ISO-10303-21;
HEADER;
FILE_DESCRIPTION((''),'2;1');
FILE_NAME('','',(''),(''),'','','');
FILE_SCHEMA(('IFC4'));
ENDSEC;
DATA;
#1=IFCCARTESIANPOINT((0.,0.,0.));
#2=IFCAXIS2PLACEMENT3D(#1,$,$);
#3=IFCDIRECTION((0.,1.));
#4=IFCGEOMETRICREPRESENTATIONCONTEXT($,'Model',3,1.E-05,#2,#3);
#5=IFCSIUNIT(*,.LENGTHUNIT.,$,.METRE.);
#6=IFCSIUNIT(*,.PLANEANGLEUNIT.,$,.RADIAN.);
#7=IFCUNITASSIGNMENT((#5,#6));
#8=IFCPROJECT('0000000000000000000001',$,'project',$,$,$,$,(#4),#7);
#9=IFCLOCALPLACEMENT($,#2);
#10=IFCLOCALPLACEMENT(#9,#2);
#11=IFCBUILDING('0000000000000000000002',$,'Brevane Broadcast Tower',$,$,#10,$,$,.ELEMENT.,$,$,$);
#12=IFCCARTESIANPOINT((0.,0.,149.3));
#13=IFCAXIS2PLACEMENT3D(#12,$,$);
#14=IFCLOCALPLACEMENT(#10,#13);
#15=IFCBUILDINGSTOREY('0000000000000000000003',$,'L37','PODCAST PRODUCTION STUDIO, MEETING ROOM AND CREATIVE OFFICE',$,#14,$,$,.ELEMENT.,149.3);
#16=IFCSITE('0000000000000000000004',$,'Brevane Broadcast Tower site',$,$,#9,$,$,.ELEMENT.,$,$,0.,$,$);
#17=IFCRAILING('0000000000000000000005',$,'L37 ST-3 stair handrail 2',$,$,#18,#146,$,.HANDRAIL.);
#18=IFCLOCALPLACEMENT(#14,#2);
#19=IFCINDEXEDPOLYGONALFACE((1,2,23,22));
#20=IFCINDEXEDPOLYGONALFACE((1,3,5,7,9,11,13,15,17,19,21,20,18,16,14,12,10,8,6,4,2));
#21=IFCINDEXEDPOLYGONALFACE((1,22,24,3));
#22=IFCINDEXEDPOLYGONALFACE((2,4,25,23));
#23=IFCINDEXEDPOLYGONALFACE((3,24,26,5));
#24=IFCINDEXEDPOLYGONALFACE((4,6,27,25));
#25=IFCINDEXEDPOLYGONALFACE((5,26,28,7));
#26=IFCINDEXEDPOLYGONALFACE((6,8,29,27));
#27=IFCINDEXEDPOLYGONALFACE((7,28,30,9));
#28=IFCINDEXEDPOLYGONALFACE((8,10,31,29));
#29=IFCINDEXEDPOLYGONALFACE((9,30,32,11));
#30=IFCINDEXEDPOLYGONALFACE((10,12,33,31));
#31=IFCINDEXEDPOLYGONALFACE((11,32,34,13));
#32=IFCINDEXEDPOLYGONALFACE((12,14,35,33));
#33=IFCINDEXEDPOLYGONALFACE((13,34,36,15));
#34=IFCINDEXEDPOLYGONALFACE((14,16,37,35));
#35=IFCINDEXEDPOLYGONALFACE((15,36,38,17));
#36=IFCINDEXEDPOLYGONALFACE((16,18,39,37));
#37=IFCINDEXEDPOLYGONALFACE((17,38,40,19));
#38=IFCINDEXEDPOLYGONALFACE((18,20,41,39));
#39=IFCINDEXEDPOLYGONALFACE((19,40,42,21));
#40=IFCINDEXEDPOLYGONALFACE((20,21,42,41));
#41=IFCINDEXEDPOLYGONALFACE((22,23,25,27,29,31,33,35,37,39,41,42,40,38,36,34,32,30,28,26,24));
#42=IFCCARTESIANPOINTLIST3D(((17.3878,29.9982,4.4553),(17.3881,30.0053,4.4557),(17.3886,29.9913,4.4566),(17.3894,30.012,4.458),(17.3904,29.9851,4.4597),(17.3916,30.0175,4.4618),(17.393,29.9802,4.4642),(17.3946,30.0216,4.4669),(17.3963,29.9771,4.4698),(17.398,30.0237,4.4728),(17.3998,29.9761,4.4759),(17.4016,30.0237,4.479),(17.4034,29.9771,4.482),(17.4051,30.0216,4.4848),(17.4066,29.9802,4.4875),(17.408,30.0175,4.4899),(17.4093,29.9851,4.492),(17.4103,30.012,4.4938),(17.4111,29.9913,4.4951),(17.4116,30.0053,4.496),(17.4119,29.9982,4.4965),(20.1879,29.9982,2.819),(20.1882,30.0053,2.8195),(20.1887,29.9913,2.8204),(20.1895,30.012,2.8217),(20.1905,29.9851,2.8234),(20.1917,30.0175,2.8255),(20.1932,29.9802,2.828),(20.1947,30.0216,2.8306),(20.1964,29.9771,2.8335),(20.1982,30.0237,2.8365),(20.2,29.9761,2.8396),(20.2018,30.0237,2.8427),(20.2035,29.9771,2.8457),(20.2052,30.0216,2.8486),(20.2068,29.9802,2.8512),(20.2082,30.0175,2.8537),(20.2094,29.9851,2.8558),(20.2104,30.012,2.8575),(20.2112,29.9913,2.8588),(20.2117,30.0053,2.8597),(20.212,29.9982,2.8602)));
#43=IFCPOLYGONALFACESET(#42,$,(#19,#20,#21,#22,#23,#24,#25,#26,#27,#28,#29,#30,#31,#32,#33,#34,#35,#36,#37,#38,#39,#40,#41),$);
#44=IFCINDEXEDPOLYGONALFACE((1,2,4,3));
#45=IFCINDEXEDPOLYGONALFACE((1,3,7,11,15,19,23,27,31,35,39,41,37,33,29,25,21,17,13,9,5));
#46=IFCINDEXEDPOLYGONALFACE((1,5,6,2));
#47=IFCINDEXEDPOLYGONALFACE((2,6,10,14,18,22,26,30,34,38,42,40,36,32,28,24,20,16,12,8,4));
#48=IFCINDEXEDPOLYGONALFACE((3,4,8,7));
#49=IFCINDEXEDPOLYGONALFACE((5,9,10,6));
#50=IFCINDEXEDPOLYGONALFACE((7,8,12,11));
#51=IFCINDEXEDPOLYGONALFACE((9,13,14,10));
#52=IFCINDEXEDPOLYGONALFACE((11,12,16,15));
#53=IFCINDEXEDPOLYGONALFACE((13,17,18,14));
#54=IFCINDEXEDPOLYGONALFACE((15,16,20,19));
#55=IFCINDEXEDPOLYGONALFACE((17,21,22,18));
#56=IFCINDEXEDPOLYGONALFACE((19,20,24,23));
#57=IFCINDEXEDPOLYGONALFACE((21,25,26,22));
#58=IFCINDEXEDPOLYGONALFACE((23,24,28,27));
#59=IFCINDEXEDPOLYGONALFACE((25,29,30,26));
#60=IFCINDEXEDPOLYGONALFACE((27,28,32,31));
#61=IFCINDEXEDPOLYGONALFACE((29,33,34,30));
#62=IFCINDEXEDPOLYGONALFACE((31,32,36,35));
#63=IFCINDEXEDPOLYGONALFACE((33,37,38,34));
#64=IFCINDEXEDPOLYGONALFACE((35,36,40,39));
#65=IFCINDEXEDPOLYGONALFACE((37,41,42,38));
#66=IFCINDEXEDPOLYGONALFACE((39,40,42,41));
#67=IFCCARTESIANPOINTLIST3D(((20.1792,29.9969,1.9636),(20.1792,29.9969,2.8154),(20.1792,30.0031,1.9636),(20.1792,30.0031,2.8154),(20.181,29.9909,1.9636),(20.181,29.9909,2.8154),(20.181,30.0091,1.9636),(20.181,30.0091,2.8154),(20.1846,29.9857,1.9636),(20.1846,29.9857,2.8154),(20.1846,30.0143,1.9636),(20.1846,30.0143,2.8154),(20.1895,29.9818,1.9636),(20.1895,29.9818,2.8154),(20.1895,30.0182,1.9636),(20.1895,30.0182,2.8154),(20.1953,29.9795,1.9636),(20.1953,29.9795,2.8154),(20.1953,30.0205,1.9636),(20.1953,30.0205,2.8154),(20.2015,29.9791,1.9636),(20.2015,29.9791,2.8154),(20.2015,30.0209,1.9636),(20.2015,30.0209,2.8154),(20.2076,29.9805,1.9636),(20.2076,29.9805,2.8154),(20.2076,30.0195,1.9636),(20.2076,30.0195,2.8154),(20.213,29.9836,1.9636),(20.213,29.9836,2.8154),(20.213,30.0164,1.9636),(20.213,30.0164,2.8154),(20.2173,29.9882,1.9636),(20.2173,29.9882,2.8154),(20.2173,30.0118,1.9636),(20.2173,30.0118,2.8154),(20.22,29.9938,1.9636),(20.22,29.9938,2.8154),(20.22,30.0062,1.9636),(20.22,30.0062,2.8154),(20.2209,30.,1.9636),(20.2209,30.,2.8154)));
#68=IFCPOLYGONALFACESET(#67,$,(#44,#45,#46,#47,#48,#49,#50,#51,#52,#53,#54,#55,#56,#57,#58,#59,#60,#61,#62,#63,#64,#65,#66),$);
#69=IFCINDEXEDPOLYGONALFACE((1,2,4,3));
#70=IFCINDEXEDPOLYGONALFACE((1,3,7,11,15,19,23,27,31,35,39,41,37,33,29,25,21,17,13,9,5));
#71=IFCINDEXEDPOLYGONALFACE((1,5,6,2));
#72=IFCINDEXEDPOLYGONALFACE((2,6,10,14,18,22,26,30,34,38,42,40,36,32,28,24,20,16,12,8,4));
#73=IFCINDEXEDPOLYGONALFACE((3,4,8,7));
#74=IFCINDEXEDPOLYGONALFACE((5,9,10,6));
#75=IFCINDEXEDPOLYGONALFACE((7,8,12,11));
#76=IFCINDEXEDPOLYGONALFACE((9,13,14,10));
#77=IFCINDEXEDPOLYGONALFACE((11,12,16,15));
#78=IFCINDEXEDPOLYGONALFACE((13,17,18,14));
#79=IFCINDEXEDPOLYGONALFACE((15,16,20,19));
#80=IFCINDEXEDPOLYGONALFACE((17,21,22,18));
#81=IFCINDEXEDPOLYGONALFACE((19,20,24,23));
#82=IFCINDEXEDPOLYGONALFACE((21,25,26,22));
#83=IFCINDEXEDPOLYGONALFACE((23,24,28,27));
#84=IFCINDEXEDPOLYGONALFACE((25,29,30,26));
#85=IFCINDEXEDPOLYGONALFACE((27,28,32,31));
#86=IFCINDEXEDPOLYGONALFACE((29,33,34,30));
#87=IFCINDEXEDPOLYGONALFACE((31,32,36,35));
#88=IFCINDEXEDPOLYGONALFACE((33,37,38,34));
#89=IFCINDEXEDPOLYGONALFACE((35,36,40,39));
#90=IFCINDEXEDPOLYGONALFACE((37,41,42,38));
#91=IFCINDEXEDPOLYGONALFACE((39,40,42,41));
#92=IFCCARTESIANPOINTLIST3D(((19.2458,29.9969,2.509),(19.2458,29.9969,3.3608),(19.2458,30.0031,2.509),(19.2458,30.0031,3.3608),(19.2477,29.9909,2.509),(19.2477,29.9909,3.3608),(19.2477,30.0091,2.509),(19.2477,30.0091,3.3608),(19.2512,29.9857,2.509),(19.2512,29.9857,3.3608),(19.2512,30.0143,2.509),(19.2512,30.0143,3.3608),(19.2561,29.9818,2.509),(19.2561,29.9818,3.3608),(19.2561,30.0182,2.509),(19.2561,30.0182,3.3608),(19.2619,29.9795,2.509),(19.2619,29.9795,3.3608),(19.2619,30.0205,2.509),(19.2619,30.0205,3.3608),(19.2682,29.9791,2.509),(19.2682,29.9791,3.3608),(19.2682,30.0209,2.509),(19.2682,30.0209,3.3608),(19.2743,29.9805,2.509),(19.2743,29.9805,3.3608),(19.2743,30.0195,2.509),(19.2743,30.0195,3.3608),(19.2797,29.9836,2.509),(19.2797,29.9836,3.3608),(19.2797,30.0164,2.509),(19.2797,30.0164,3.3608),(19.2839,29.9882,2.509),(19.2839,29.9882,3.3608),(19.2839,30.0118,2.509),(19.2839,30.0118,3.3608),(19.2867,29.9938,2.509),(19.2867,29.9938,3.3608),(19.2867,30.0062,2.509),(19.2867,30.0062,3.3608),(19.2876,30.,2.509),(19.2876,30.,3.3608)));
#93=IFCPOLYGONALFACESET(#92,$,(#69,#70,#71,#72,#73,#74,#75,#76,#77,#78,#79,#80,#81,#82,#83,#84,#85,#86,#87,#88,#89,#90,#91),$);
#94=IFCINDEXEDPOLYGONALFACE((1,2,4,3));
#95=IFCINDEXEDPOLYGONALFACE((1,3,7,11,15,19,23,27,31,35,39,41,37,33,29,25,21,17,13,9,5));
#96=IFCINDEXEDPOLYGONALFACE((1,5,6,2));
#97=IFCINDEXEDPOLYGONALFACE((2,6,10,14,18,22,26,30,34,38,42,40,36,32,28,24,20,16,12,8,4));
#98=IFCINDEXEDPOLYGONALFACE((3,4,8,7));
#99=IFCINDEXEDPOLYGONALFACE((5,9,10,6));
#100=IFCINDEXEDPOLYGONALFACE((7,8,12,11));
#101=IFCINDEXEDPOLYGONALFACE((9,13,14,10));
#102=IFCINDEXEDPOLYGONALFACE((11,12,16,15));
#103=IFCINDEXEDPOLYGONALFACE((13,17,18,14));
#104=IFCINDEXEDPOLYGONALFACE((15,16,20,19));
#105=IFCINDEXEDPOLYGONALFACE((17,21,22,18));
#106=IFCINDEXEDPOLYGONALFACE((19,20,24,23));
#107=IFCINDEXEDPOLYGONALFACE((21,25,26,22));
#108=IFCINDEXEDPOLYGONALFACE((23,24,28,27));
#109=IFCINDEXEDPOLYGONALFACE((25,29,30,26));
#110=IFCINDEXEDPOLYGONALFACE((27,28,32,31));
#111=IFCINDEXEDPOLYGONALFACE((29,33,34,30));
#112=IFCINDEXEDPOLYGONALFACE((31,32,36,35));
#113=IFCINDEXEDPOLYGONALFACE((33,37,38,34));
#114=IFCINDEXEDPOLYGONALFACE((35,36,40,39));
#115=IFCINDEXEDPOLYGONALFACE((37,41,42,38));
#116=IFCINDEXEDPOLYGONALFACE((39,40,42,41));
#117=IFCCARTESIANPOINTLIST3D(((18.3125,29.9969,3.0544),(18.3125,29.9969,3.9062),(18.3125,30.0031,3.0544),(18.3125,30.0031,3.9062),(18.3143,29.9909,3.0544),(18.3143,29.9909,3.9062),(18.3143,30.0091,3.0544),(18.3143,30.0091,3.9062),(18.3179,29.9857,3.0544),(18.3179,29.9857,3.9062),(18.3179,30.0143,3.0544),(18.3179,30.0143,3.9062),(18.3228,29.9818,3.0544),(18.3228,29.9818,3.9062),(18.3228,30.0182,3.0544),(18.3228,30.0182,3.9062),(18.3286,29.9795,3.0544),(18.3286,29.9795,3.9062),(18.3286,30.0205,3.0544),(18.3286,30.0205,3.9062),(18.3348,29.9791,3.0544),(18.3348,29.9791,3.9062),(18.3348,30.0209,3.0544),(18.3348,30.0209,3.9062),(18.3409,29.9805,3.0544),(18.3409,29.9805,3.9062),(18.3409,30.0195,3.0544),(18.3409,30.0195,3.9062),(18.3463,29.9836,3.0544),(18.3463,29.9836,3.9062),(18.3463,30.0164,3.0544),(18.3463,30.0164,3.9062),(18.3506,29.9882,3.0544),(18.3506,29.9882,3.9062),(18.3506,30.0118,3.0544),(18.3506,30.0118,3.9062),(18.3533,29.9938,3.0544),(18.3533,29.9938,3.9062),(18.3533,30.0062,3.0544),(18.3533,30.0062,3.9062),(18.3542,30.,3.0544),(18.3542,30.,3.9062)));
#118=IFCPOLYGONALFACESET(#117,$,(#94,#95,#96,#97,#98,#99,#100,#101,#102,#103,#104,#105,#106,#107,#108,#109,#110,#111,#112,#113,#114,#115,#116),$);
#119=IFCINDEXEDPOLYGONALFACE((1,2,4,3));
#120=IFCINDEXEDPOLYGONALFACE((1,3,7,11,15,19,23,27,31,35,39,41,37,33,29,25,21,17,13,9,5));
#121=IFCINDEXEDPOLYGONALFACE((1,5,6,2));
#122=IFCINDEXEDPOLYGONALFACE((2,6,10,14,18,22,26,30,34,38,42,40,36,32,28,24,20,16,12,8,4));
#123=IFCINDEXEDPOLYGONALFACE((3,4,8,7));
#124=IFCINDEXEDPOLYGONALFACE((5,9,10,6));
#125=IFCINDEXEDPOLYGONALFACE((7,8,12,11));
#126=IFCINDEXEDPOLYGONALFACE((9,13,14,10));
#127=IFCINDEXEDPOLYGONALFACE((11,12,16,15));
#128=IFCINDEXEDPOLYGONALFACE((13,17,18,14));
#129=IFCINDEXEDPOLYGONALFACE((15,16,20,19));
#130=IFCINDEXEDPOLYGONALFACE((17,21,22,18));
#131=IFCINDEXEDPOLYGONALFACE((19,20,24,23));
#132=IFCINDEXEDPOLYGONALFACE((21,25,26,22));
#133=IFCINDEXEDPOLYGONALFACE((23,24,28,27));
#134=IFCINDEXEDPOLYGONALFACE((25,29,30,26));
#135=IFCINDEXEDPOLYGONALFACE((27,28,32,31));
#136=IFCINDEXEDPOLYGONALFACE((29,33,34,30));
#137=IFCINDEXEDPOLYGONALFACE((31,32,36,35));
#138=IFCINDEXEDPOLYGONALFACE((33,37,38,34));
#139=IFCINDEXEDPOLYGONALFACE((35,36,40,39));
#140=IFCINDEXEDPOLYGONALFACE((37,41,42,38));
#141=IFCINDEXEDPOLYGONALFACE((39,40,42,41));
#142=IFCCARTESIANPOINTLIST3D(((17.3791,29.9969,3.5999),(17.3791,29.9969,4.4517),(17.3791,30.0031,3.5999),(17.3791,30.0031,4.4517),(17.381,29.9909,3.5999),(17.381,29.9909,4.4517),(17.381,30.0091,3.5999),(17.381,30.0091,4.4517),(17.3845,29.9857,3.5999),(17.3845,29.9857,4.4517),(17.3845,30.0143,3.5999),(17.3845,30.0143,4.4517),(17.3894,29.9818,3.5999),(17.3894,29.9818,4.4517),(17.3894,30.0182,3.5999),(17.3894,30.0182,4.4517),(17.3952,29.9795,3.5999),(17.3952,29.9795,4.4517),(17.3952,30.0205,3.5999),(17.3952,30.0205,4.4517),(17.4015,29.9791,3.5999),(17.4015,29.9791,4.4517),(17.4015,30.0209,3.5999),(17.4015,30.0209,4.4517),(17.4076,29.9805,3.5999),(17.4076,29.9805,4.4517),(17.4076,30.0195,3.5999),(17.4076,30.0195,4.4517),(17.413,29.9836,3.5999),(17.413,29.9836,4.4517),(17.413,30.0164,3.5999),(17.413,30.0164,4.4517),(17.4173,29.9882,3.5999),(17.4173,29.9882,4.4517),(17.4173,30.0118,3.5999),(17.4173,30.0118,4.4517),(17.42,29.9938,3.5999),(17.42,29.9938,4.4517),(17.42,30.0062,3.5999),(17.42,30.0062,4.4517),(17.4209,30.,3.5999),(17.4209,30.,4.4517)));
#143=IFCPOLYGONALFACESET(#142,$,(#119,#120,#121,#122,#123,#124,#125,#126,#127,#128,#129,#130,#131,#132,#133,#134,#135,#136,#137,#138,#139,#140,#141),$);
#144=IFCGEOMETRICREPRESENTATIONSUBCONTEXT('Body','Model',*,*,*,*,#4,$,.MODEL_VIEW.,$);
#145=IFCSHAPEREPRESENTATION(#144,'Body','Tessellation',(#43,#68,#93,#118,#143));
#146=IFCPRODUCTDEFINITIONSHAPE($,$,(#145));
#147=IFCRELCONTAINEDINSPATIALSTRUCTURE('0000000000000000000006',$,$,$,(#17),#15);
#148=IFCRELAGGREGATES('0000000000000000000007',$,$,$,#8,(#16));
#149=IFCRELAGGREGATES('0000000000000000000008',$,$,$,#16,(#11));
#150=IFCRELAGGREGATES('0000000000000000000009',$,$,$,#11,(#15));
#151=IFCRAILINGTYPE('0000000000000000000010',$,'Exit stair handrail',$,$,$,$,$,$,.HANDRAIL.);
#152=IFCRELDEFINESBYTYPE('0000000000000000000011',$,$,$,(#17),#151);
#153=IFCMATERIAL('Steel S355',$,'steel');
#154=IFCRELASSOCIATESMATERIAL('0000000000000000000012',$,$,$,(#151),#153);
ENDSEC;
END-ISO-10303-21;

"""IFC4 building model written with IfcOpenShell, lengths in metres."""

from ifc_helpers import new_model, si_unit, direction, frame, origin, origin_2d, place, context, subcontext, project, spatial, circle, extrude, material, type_object, element, save


model = new_model("IFC4")

# Units and contexts
model_context = context("Model", 3, precision=1e-05, world=origin(), true_north=direction((0.0, 1.0)))
body_context = subcontext(model_context, "Body", "Model", "MODEL_VIEW")
ifc_project = project(units=[si_unit("LENGTHUNIT", "METRE"), si_unit("PLANEANGLEUNIT", "RADIAN")], contexts=[model_context])

# Site, building, storey
site_placement = place(None, origin())
site = spatial("IfcSite", under=ifc_project, at=site_placement, Name="Brevane Broadcast Tower site", CompositionType="ELEMENT", RefElevation=0.0)
building_placement = place(site_placement, origin())
building = spatial("IfcBuilding", under=site, at=building_placement, Name="Brevane Broadcast Tower", CompositionType="ELEMENT")
storey_placement = place(building_placement, frame((0.0, 0.0, 149.3)))
storey = spatial("IfcBuildingStorey", under=building, at=storey_placement, Name="L37", Description="PODCAST PRODUCTION STUDIO, MEETING ROOM AND CREATIVE OFFICE", CompositionType="ELEMENT", Elevation=149.3)

# Railing
ifc_material_1 = material(Name="Steel S355", Category="steel")
railing_type_1 = type_object("IfcRailingType", Name="Exit stair handrail", PredefinedType="HANDRAIL", material=ifc_material_1)
railing_1_placement = place(storey_placement, frame((20.2, 30.0, 1.9636)))
element("IfcRailing", 1, at=railing_1_placement, inside=storey, type_object=railing_type_1, Name="L37 ST-3 stair handrail 2", PredefinedType="HANDRAIL", context=body_context, shape_type="SweptSolid", body=[
    extrude(circle(Radius=0.0239, at=origin_2d()), frame((0.0, 0.0, 0.876), z_axis=(-0.863394, 0.0, 0.504531), x_axis=(0.0, -1.0, 0.0)), (0.0, 0.0, 1.0), 3.2432),
    extrude(circle(Radius=0.021, at=origin_2d()), origin(), (0.0, 0.0, 1.0), 0.8518),
    extrude(circle(Radius=0.021, at=origin_2d()), frame((-0.9333, 0.0, 0.5454)), (0.0, 0.0, 1.0), 0.8518),
    extrude(circle(Radius=0.021, at=origin_2d()), frame((-1.8667, 0.0, 1.0908)), (0.0, 0.0, 1.0), 0.8518),
    extrude(circle(Radius=0.021, at=origin_2d()), frame((-2.8, 0.0, 1.6362)), (0.0, 0.0, 1.0), 0.8518),
])

save(model, "model.ifc")
